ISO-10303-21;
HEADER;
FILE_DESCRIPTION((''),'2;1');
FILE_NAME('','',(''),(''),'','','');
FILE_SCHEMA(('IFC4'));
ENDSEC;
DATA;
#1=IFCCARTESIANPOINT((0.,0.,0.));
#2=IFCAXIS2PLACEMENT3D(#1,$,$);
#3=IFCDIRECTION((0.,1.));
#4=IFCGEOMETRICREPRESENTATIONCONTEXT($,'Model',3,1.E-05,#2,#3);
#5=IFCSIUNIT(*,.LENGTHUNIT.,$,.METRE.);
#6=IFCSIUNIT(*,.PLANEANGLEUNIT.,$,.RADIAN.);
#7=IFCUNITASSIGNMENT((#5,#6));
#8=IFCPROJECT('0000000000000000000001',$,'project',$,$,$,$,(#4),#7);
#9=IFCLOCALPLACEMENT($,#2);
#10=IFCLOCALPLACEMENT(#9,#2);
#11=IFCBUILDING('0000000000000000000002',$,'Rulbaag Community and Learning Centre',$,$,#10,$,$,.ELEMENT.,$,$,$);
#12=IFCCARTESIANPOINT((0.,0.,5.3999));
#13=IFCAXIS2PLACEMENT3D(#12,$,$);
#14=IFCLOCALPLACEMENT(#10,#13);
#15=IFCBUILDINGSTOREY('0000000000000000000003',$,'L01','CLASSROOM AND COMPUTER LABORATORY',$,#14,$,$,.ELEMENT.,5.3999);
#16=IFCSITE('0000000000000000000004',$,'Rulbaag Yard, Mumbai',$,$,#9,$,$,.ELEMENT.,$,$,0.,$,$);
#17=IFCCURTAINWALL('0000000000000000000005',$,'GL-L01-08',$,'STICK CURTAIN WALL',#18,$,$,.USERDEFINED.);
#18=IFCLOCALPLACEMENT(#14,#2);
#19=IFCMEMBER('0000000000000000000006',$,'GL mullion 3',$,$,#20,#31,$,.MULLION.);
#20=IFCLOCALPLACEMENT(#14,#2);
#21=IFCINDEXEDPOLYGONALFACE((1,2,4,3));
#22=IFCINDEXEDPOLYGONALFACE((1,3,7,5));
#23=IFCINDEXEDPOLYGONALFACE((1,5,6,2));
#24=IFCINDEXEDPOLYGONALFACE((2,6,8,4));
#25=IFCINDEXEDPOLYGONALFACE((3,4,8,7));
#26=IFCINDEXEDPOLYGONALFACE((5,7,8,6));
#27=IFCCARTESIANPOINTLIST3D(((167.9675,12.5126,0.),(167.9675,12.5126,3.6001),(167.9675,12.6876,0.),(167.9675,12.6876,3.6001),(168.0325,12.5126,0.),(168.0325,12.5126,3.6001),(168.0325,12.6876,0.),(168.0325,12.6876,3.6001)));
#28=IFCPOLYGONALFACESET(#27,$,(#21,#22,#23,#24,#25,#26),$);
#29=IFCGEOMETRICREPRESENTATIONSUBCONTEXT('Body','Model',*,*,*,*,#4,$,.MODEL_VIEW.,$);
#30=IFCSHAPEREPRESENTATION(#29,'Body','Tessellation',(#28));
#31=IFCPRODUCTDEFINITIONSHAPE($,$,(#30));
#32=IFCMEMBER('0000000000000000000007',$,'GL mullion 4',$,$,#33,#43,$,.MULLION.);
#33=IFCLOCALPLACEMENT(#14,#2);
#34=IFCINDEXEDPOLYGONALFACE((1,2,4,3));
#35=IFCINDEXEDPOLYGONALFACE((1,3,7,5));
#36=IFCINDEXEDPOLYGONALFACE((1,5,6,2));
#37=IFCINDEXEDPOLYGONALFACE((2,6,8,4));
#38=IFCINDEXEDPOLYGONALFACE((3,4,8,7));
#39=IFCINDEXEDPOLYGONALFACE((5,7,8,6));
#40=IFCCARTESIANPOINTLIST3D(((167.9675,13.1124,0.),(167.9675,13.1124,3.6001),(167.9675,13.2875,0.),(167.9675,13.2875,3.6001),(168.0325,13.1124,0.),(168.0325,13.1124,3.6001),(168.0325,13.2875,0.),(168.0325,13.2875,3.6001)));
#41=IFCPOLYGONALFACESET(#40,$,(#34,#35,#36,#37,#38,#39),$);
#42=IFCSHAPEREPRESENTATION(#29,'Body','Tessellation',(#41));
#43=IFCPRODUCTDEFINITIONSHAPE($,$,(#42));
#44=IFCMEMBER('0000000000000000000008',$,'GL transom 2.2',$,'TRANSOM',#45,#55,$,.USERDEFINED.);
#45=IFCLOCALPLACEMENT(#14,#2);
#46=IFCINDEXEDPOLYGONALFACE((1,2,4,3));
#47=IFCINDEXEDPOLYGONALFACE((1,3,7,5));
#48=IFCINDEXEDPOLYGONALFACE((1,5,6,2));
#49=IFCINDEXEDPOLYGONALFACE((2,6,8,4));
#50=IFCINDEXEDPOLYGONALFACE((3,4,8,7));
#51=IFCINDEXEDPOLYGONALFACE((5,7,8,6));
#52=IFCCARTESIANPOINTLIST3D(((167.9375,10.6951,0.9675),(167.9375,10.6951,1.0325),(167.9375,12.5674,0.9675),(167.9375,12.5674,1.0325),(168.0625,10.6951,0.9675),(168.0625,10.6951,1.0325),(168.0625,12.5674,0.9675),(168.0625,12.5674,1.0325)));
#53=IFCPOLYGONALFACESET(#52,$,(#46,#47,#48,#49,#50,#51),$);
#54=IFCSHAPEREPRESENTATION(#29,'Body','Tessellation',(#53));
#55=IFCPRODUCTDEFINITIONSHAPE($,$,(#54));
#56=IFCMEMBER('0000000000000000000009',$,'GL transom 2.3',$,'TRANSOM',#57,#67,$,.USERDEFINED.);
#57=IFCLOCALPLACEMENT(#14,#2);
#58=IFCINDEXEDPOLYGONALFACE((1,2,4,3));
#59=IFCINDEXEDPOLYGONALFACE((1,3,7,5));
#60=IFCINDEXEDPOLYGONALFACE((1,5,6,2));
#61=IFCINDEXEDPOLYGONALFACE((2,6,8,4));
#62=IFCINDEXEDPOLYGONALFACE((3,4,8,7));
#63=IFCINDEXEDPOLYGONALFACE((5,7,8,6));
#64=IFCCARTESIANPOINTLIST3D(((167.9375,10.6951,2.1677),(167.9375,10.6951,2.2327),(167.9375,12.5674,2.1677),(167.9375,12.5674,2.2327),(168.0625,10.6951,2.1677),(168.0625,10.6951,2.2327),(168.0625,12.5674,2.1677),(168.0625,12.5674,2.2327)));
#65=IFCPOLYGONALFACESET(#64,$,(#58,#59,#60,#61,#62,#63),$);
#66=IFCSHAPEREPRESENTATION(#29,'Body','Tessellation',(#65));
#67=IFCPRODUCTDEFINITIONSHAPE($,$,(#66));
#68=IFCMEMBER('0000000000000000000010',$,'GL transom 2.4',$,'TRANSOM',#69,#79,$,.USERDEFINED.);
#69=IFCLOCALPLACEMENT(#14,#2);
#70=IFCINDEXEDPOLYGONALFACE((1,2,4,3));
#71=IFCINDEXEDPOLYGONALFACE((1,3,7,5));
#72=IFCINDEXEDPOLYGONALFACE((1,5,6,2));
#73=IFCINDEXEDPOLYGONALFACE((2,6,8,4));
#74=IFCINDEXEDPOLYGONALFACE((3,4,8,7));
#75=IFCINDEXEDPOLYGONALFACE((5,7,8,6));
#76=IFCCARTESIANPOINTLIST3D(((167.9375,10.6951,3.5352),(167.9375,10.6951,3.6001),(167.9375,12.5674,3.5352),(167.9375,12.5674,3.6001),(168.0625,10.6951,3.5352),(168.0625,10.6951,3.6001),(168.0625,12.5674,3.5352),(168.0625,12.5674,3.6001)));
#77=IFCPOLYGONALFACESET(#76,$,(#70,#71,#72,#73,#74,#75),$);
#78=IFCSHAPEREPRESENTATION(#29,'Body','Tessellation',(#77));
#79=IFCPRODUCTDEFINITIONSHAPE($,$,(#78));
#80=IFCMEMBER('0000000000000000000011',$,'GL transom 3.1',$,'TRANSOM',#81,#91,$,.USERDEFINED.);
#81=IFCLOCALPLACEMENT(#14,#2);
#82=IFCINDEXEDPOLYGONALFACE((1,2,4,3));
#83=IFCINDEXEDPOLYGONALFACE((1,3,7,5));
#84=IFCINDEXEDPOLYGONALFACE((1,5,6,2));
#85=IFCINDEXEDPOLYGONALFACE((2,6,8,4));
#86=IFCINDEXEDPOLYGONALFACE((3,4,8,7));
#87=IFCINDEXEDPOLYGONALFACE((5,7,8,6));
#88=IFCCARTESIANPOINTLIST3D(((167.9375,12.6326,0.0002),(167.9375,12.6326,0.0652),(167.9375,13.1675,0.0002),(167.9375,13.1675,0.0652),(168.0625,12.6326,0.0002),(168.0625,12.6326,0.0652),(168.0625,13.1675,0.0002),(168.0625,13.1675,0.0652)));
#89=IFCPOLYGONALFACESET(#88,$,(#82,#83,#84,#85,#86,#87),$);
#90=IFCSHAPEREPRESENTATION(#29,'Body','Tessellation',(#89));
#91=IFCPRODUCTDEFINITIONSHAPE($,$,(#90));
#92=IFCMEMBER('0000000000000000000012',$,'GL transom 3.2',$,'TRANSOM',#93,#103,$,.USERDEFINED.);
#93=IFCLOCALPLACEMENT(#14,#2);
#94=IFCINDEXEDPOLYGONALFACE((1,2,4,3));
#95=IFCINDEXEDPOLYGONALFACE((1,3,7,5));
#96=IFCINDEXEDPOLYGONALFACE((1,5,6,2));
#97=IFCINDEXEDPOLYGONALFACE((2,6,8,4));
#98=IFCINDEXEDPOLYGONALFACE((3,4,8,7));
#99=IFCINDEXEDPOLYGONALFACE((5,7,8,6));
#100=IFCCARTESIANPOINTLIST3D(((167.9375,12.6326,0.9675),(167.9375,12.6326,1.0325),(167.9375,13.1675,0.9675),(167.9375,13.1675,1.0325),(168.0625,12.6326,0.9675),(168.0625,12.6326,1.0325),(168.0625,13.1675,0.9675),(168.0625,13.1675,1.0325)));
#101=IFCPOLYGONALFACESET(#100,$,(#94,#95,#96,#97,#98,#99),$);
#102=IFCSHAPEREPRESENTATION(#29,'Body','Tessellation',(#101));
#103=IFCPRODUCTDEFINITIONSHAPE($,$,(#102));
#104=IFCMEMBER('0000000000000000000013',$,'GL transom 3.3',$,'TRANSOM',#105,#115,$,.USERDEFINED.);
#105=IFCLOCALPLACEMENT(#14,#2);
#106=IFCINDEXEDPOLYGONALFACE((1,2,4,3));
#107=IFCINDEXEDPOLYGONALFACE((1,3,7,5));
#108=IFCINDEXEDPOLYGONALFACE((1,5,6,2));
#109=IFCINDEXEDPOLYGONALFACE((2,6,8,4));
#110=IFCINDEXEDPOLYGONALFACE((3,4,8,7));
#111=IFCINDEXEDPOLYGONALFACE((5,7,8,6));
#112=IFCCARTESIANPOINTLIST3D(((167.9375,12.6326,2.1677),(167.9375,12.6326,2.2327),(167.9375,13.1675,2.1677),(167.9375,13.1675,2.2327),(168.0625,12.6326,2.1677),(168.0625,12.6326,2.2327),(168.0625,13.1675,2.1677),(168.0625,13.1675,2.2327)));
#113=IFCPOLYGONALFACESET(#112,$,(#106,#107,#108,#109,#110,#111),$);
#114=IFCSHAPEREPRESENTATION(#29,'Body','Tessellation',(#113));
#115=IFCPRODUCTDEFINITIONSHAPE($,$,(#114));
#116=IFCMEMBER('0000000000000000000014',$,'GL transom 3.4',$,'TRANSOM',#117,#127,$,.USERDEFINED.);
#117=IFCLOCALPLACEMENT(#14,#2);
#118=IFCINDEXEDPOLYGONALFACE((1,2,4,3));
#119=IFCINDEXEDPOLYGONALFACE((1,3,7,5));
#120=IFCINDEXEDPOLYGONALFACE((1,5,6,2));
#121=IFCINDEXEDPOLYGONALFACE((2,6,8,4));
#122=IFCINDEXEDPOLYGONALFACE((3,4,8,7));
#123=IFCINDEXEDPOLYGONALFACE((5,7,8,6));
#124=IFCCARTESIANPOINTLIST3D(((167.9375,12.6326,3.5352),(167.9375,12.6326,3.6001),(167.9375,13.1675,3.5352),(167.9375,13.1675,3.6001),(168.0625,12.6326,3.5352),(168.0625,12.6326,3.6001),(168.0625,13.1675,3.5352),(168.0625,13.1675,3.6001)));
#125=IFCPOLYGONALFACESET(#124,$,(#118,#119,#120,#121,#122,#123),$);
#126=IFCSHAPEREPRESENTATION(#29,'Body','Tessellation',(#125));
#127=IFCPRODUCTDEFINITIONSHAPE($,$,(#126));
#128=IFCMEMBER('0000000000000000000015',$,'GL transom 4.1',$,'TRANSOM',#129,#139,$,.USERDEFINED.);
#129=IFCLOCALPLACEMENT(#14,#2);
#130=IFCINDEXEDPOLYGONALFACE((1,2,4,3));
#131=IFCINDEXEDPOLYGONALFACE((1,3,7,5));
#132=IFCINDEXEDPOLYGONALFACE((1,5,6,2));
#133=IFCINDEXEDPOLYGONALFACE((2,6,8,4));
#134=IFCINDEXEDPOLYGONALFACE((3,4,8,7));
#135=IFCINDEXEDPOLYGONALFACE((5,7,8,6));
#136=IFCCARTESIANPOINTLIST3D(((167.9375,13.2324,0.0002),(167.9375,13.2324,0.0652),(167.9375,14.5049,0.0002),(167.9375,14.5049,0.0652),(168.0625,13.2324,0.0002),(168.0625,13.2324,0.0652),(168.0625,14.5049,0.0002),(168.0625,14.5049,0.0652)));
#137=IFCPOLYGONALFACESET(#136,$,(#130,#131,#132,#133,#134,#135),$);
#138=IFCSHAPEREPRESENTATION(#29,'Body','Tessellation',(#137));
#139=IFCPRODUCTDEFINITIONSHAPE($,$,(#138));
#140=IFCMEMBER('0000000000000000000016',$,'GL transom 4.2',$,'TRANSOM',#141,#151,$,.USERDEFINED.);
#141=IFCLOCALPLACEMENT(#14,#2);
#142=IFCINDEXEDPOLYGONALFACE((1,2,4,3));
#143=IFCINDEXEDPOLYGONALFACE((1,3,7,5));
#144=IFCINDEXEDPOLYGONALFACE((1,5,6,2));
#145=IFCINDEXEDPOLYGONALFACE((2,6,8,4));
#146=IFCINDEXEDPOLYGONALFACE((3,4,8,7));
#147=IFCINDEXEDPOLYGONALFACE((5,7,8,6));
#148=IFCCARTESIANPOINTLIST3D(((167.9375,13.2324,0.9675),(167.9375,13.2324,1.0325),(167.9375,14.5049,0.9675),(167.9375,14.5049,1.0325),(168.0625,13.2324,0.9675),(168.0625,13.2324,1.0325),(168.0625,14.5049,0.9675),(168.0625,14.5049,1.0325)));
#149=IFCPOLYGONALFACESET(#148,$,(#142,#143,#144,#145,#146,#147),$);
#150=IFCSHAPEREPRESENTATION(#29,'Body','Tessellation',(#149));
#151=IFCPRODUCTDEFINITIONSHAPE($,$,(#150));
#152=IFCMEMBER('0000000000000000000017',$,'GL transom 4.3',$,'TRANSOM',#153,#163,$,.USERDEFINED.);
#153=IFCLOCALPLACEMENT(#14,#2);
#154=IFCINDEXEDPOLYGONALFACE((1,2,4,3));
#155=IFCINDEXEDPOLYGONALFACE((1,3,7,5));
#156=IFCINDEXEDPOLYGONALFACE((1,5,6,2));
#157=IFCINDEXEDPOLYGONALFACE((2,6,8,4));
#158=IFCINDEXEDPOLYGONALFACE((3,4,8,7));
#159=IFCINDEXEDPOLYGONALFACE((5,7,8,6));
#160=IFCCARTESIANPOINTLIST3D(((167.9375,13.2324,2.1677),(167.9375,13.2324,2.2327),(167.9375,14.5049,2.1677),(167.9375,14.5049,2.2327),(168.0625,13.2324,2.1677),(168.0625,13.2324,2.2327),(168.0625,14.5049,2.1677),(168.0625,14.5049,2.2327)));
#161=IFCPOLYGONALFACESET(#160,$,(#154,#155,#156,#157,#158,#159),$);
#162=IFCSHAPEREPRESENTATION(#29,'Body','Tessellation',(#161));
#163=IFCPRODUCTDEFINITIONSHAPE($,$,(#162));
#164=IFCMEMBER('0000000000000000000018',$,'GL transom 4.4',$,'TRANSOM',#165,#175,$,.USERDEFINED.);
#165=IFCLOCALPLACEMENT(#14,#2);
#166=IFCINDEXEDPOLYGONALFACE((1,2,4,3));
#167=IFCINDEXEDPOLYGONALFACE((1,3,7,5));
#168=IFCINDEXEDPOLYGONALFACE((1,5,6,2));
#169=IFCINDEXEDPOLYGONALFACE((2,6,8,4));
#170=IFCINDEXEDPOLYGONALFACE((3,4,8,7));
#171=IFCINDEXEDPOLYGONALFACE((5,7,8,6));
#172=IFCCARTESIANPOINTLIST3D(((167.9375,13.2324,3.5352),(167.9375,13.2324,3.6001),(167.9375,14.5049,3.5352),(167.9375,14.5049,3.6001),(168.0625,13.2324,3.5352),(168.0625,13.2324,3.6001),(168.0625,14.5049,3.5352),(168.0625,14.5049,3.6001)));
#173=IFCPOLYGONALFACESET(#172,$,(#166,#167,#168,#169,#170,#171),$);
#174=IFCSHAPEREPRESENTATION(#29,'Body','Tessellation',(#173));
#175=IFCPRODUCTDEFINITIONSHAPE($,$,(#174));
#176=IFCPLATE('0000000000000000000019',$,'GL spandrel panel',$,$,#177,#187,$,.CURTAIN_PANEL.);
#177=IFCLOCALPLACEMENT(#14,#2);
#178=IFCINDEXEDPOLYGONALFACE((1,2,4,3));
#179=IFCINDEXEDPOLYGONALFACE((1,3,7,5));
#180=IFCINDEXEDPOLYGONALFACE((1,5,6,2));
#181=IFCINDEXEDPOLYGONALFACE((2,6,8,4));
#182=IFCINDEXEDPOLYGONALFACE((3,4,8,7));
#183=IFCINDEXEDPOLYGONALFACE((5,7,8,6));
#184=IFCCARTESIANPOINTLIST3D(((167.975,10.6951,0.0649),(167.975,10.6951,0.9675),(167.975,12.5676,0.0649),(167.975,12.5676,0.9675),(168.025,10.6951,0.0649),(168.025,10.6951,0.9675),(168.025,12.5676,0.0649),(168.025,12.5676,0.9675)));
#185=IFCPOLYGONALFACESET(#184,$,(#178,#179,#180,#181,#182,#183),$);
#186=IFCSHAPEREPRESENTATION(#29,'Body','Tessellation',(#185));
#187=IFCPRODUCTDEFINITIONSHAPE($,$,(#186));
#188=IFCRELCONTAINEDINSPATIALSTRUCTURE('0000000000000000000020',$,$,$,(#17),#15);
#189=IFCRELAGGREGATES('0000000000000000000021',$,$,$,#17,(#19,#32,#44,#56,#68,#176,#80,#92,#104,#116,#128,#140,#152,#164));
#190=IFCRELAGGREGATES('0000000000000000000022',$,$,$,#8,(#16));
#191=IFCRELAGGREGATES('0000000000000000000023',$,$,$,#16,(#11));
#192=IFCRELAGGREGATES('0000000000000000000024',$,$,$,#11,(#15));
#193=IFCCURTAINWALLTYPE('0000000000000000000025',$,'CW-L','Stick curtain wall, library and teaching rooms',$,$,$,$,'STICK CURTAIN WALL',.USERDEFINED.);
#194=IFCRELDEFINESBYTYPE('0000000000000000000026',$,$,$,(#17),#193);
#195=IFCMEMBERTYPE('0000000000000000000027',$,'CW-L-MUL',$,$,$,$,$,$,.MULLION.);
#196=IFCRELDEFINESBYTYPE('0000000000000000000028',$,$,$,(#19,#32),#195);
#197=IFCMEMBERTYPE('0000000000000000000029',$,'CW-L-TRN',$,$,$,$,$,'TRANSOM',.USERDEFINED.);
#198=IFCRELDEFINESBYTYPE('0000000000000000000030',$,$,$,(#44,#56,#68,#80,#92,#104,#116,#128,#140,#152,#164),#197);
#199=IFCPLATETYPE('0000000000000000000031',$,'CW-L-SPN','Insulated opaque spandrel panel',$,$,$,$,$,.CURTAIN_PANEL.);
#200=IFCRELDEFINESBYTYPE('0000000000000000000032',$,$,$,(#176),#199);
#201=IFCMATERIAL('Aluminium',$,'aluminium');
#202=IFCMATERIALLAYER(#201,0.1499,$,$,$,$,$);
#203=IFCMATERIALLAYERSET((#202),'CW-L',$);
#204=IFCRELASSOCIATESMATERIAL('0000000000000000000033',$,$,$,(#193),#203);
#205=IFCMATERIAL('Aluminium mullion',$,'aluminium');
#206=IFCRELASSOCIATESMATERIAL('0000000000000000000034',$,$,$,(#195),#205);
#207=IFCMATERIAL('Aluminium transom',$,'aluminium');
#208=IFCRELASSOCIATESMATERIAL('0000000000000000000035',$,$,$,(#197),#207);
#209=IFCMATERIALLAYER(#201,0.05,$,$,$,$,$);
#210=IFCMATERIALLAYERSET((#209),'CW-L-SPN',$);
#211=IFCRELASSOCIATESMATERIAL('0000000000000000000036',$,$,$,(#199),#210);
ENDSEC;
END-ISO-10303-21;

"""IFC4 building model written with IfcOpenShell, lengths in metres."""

from ifc_helpers import new_model, si_unit, direction, frame, origin, origin_2d, place, context, subcontext, project, spatial, rectangle, extrude, material, layer, layer_set, material_profile, profile_set, type_object, element, aggregate, save


model = new_model("IFC4")

# Units and contexts
model_context = context("Model", 3, precision=1e-05, world=origin(), true_north=direction((0.0, 1.0)))
body_context = subcontext(model_context, "Body", "Model", "MODEL_VIEW")
ifc_project = project(units=[si_unit("LENGTHUNIT", "METRE"), si_unit("PLANEANGLEUNIT", "RADIAN")], contexts=[model_context])

# Site, building, storey
site_placement = place(None, origin())
site = spatial("IfcSite", under=ifc_project, at=site_placement, Name="Rulbaag Yard, Mumbai", CompositionType="ELEMENT", RefElevation=0.0)
building_placement = place(site_placement, origin())
building = spatial("IfcBuilding", under=site, at=building_placement, Name="Rulbaag Community and Learning Centre", CompositionType="ELEMENT")
storey_placement = place(building_placement, frame((0.0, 0.0, 5.3999)))
storey = spatial("IfcBuildingStorey", under=building, at=storey_placement, Name="L01", Description="CLASSROOM AND COMPUTER LABORATORY", CompositionType="ELEMENT", Elevation=5.3999)

# Curtain wall, members, plate
ifc_material_1 = material(Name="Aluminium", Category="aluminium")
ifc_layer_1 = layer(ifc_material_1, 0.1499)
ifc_layer_set_1 = layer_set([ifc_layer_1], Name="CW-L")
curtain_wall_type = type_object("IfcCurtainWallType", Name="CW-L", Description="Stick curtain wall, library and teaching rooms", ElementType="STICK CURTAIN WALL", PredefinedType="USERDEFINED", material=ifc_layer_set_1)
curtain_wall_placement = place(storey_placement, origin())
curtain_wall = element("IfcCurtainWall", 1, at=curtain_wall_placement, inside=storey, type_object=curtain_wall_type, Name="GL-L01-08", ObjectType="STICK CURTAIN WALL", PredefinedType="USERDEFINED")
ifc_material_2 = material(Name="Aluminium mullion", Category="aluminium")
ifc_material_profile_1 = material_profile(ifc_material_2, rectangle(XDim=0.0649, YDim=0.175, at=origin_2d()), Name="AL 65x175")
ifc_profile_set_1 = profile_set([ifc_material_profile_1], Name="Aluminium mullion")
member_type_1 = type_object("IfcMemberType", Name="CW-L-MUL", PredefinedType="MULLION", material=ifc_profile_set_1)
member_1_placement = place(storey_placement, frame((168.0, 12.6001, 0.0), z_axis=(0.0, 0.0, 1.0), x_axis=(-1.0, 0.0, 0.0)))
member_1 = element("IfcMember", 2, at=member_1_placement, type_object=member_type_1, Name="GL mullion 3", PredefinedType="MULLION", context=body_context, shape_type="SweptSolid", body=[
    extrude(rectangle(XDim=0.0649, YDim=0.175, at=origin_2d()), origin(), (0.0, 0.0, 1.0), 3.6001),
])
member_2_placement = place(storey_placement, frame((168.0, 13.2, 0.0), z_axis=(0.0, 0.0, 1.0), x_axis=(-1.0, 0.0, 0.0)))
member_2 = element("IfcMember", 3, at=member_2_placement, type_object=member_type_1, Name="GL mullion 4", PredefinedType="MULLION", context=body_context, shape_type="SweptSolid", body=[
    extrude(rectangle(XDim=0.0649, YDim=0.175, at=origin_2d()), origin(), (0.0, 0.0, 1.0), 3.6001),
])
ifc_material_3 = material(Name="Aluminium transom", Category="aluminium")
ifc_material_profile_2 = material_profile(ifc_material_3, rectangle(XDim=0.125, YDim=0.0649, at=origin_2d()), Name="AL 65x125 T")
ifc_profile_set_2 = profile_set([ifc_material_profile_2], Name="Aluminium transom")
member_type_2 = type_object("IfcMemberType", Name="CW-L-TRN", ElementType="TRANSOM", PredefinedType="USERDEFINED", material=ifc_profile_set_2)
member_3_placement = place(storey_placement, frame((168.0, 10.6951, 1.0), z_axis=(0.0, 1.0, 0.0), x_axis=(-1.0, 0.0, 0.0)))
member_3 = element("IfcMember", 4, at=member_3_placement, type_object=member_type_2, Name="GL transom 2.2", ObjectType="TRANSOM", PredefinedType="USERDEFINED", context=body_context, shape_type="SweptSolid", body=[
    extrude(rectangle(XDim=0.125, YDim=0.0649, at=origin_2d()), origin(), (0.0, 0.0, 1.0), 1.8723),
])
member_4_placement = place(storey_placement, frame((168.0, 10.6951, 2.2002), z_axis=(0.0, 1.0, 0.0), x_axis=(-1.0, 0.0, 0.0)))
member_4 = element("IfcMember", 5, at=member_4_placement, type_object=member_type_2, Name="GL transom 2.3", ObjectType="TRANSOM", PredefinedType="USERDEFINED", context=body_context, shape_type="SweptSolid", body=[
    extrude(rectangle(XDim=0.125, YDim=0.0649, at=origin_2d()), origin(), (0.0, 0.0, 1.0), 1.8723),
])
member_5_placement = place(storey_placement, frame((168.0, 10.6951, 3.5676), z_axis=(0.0, 1.0, 0.0), x_axis=(-1.0, 0.0, 0.0)))
member_5 = element("IfcMember", 6, at=member_5_placement, type_object=member_type_2, Name="GL transom 2.4", ObjectType="TRANSOM", PredefinedType="USERDEFINED", context=body_context, shape_type="SweptSolid", body=[
    extrude(rectangle(XDim=0.125, YDim=0.0649, at=origin_2d()), origin(), (0.0, 0.0, 1.0), 1.8723),
])
member_6_placement = place(storey_placement, frame((168.0, 12.6326, 0.0327), z_axis=(0.0, 1.0, 0.0), x_axis=(-1.0, 0.0, 0.0)))
member_6 = element("IfcMember", 7, at=member_6_placement, type_object=member_type_2, Name="GL transom 3.1", ObjectType="TRANSOM", PredefinedType="USERDEFINED", context=body_context, shape_type="SweptSolid", body=[
    extrude(rectangle(XDim=0.125, YDim=0.0649, at=origin_2d()), origin(), (0.0, 0.0, 1.0), 0.5349),
])
member_7_placement = place(storey_placement, frame((168.0, 12.6326, 1.0), z_axis=(0.0, 1.0, 0.0), x_axis=(-1.0, 0.0, 0.0)))
member_7 = element("IfcMember", 8, at=member_7_placement, type_object=member_type_2, Name="GL transom 3.2", ObjectType="TRANSOM", PredefinedType="USERDEFINED", context=body_context, shape_type="SweptSolid", body=[
    extrude(rectangle(XDim=0.125, YDim=0.0649, at=origin_2d()), origin(), (0.0, 0.0, 1.0), 0.5349),
])
member_8_placement = place(storey_placement, frame((168.0, 12.6326, 2.2002), z_axis=(0.0, 1.0, 0.0), x_axis=(-1.0, 0.0, 0.0)))
member_8 = element("IfcMember", 9, at=member_8_placement, type_object=member_type_2, Name="GL transom 3.3", ObjectType="TRANSOM", PredefinedType="USERDEFINED", context=body_context, shape_type="SweptSolid", body=[
    extrude(rectangle(XDim=0.125, YDim=0.0649, at=origin_2d()), origin(), (0.0, 0.0, 1.0), 0.5349),
])
member_9_placement = place(storey_placement, frame((168.0, 12.6326, 3.5676), z_axis=(0.0, 1.0, 0.0), x_axis=(-1.0, 0.0, 0.0)))
member_9 = element("IfcMember", 10, at=member_9_placement, type_object=member_type_2, Name="GL transom 3.4", ObjectType="TRANSOM", PredefinedType="USERDEFINED", context=body_context, shape_type="SweptSolid", body=[
    extrude(rectangle(XDim=0.125, YDim=0.0649, at=origin_2d()), origin(), (0.0, 0.0, 1.0), 0.5349),
])
member_10_placement = place(storey_placement, frame((168.0, 13.2324, 0.0327), z_axis=(0.0, 1.0, 0.0), x_axis=(-1.0, 0.0, 0.0)))
member_10 = element("IfcMember", 11, at=member_10_placement, type_object=member_type_2, Name="GL transom 4.1", ObjectType="TRANSOM", PredefinedType="USERDEFINED", context=body_context, shape_type="SweptSolid", body=[
    extrude(rectangle(XDim=0.125, YDim=0.0649, at=origin_2d()), origin(), (0.0, 0.0, 1.0), 1.2725),
])
member_11_placement = place(storey_placement, frame((168.0, 13.2324, 1.0), z_axis=(0.0, 1.0, 0.0), x_axis=(-1.0, 0.0, 0.0)))
member_11 = element("IfcMember", 12, at=member_11_placement, type_object=member_type_2, Name="GL transom 4.2", ObjectType="TRANSOM", PredefinedType="USERDEFINED", context=body_context, shape_type="SweptSolid", body=[
    extrude(rectangle(XDim=0.125, YDim=0.0649, at=origin_2d()), origin(), (0.0, 0.0, 1.0), 1.2725),
])
member_12_placement = place(storey_placement, frame((168.0, 13.2324, 2.2002), z_axis=(0.0, 1.0, 0.0), x_axis=(-1.0, 0.0, 0.0)))
member_12 = element("IfcMember", 13, at=member_12_placement, type_object=member_type_2, Name="GL transom 4.3", ObjectType="TRANSOM", PredefinedType="USERDEFINED", context=body_context, shape_type="SweptSolid", body=[
    extrude(rectangle(XDim=0.125, YDim=0.0649, at=origin_2d()), origin(), (0.0, 0.0, 1.0), 1.2725),
])
member_13_placement = place(storey_placement, frame((168.0, 13.2324, 3.5676), z_axis=(0.0, 1.0, 0.0), x_axis=(-1.0, 0.0, 0.0)))
member_13 = element("IfcMember", 14, at=member_13_placement, type_object=member_type_2, Name="GL transom 4.4", ObjectType="TRANSOM", PredefinedType="USERDEFINED", context=body_context, shape_type="SweptSolid", body=[
    extrude(rectangle(XDim=0.125, YDim=0.0649, at=origin_2d()), origin(), (0.0, 0.0, 1.0), 1.2725),
])
ifc_layer_2 = layer(ifc_material_1, 0.05)
ifc_layer_set_2 = layer_set([ifc_layer_2], Name="CW-L-SPN")
plate_type_1 = type_object("IfcPlateType", Name="CW-L-SPN", Description="Insulated opaque spandrel panel", PredefinedType="CURTAIN_PANEL", material=ifc_layer_set_2)
plate_1_placement = place(storey_placement, frame((168.0, 11.6313, 0.0649), z_axis=(0.0, 0.0, 1.0), x_axis=(0.0, 1.0, 0.0)))
plate_1 = element("IfcPlate", 15, at=plate_1_placement, type_object=plate_type_1, Name="GL spandrel panel", PredefinedType="CURTAIN_PANEL", context=body_context, shape_type="SweptSolid", body=[
    extrude(rectangle(XDim=1.8726, YDim=0.05, at=origin_2d()), origin(), (0.0, 0.0, 1.0), 0.9026),
])
aggregate(curtain_wall, [member_1, member_2, member_3, member_4, member_5, plate_1, member_6, member_7, member_8, member_9, member_10, member_11, member_12, member_13])

save(model, "model.ifc")
